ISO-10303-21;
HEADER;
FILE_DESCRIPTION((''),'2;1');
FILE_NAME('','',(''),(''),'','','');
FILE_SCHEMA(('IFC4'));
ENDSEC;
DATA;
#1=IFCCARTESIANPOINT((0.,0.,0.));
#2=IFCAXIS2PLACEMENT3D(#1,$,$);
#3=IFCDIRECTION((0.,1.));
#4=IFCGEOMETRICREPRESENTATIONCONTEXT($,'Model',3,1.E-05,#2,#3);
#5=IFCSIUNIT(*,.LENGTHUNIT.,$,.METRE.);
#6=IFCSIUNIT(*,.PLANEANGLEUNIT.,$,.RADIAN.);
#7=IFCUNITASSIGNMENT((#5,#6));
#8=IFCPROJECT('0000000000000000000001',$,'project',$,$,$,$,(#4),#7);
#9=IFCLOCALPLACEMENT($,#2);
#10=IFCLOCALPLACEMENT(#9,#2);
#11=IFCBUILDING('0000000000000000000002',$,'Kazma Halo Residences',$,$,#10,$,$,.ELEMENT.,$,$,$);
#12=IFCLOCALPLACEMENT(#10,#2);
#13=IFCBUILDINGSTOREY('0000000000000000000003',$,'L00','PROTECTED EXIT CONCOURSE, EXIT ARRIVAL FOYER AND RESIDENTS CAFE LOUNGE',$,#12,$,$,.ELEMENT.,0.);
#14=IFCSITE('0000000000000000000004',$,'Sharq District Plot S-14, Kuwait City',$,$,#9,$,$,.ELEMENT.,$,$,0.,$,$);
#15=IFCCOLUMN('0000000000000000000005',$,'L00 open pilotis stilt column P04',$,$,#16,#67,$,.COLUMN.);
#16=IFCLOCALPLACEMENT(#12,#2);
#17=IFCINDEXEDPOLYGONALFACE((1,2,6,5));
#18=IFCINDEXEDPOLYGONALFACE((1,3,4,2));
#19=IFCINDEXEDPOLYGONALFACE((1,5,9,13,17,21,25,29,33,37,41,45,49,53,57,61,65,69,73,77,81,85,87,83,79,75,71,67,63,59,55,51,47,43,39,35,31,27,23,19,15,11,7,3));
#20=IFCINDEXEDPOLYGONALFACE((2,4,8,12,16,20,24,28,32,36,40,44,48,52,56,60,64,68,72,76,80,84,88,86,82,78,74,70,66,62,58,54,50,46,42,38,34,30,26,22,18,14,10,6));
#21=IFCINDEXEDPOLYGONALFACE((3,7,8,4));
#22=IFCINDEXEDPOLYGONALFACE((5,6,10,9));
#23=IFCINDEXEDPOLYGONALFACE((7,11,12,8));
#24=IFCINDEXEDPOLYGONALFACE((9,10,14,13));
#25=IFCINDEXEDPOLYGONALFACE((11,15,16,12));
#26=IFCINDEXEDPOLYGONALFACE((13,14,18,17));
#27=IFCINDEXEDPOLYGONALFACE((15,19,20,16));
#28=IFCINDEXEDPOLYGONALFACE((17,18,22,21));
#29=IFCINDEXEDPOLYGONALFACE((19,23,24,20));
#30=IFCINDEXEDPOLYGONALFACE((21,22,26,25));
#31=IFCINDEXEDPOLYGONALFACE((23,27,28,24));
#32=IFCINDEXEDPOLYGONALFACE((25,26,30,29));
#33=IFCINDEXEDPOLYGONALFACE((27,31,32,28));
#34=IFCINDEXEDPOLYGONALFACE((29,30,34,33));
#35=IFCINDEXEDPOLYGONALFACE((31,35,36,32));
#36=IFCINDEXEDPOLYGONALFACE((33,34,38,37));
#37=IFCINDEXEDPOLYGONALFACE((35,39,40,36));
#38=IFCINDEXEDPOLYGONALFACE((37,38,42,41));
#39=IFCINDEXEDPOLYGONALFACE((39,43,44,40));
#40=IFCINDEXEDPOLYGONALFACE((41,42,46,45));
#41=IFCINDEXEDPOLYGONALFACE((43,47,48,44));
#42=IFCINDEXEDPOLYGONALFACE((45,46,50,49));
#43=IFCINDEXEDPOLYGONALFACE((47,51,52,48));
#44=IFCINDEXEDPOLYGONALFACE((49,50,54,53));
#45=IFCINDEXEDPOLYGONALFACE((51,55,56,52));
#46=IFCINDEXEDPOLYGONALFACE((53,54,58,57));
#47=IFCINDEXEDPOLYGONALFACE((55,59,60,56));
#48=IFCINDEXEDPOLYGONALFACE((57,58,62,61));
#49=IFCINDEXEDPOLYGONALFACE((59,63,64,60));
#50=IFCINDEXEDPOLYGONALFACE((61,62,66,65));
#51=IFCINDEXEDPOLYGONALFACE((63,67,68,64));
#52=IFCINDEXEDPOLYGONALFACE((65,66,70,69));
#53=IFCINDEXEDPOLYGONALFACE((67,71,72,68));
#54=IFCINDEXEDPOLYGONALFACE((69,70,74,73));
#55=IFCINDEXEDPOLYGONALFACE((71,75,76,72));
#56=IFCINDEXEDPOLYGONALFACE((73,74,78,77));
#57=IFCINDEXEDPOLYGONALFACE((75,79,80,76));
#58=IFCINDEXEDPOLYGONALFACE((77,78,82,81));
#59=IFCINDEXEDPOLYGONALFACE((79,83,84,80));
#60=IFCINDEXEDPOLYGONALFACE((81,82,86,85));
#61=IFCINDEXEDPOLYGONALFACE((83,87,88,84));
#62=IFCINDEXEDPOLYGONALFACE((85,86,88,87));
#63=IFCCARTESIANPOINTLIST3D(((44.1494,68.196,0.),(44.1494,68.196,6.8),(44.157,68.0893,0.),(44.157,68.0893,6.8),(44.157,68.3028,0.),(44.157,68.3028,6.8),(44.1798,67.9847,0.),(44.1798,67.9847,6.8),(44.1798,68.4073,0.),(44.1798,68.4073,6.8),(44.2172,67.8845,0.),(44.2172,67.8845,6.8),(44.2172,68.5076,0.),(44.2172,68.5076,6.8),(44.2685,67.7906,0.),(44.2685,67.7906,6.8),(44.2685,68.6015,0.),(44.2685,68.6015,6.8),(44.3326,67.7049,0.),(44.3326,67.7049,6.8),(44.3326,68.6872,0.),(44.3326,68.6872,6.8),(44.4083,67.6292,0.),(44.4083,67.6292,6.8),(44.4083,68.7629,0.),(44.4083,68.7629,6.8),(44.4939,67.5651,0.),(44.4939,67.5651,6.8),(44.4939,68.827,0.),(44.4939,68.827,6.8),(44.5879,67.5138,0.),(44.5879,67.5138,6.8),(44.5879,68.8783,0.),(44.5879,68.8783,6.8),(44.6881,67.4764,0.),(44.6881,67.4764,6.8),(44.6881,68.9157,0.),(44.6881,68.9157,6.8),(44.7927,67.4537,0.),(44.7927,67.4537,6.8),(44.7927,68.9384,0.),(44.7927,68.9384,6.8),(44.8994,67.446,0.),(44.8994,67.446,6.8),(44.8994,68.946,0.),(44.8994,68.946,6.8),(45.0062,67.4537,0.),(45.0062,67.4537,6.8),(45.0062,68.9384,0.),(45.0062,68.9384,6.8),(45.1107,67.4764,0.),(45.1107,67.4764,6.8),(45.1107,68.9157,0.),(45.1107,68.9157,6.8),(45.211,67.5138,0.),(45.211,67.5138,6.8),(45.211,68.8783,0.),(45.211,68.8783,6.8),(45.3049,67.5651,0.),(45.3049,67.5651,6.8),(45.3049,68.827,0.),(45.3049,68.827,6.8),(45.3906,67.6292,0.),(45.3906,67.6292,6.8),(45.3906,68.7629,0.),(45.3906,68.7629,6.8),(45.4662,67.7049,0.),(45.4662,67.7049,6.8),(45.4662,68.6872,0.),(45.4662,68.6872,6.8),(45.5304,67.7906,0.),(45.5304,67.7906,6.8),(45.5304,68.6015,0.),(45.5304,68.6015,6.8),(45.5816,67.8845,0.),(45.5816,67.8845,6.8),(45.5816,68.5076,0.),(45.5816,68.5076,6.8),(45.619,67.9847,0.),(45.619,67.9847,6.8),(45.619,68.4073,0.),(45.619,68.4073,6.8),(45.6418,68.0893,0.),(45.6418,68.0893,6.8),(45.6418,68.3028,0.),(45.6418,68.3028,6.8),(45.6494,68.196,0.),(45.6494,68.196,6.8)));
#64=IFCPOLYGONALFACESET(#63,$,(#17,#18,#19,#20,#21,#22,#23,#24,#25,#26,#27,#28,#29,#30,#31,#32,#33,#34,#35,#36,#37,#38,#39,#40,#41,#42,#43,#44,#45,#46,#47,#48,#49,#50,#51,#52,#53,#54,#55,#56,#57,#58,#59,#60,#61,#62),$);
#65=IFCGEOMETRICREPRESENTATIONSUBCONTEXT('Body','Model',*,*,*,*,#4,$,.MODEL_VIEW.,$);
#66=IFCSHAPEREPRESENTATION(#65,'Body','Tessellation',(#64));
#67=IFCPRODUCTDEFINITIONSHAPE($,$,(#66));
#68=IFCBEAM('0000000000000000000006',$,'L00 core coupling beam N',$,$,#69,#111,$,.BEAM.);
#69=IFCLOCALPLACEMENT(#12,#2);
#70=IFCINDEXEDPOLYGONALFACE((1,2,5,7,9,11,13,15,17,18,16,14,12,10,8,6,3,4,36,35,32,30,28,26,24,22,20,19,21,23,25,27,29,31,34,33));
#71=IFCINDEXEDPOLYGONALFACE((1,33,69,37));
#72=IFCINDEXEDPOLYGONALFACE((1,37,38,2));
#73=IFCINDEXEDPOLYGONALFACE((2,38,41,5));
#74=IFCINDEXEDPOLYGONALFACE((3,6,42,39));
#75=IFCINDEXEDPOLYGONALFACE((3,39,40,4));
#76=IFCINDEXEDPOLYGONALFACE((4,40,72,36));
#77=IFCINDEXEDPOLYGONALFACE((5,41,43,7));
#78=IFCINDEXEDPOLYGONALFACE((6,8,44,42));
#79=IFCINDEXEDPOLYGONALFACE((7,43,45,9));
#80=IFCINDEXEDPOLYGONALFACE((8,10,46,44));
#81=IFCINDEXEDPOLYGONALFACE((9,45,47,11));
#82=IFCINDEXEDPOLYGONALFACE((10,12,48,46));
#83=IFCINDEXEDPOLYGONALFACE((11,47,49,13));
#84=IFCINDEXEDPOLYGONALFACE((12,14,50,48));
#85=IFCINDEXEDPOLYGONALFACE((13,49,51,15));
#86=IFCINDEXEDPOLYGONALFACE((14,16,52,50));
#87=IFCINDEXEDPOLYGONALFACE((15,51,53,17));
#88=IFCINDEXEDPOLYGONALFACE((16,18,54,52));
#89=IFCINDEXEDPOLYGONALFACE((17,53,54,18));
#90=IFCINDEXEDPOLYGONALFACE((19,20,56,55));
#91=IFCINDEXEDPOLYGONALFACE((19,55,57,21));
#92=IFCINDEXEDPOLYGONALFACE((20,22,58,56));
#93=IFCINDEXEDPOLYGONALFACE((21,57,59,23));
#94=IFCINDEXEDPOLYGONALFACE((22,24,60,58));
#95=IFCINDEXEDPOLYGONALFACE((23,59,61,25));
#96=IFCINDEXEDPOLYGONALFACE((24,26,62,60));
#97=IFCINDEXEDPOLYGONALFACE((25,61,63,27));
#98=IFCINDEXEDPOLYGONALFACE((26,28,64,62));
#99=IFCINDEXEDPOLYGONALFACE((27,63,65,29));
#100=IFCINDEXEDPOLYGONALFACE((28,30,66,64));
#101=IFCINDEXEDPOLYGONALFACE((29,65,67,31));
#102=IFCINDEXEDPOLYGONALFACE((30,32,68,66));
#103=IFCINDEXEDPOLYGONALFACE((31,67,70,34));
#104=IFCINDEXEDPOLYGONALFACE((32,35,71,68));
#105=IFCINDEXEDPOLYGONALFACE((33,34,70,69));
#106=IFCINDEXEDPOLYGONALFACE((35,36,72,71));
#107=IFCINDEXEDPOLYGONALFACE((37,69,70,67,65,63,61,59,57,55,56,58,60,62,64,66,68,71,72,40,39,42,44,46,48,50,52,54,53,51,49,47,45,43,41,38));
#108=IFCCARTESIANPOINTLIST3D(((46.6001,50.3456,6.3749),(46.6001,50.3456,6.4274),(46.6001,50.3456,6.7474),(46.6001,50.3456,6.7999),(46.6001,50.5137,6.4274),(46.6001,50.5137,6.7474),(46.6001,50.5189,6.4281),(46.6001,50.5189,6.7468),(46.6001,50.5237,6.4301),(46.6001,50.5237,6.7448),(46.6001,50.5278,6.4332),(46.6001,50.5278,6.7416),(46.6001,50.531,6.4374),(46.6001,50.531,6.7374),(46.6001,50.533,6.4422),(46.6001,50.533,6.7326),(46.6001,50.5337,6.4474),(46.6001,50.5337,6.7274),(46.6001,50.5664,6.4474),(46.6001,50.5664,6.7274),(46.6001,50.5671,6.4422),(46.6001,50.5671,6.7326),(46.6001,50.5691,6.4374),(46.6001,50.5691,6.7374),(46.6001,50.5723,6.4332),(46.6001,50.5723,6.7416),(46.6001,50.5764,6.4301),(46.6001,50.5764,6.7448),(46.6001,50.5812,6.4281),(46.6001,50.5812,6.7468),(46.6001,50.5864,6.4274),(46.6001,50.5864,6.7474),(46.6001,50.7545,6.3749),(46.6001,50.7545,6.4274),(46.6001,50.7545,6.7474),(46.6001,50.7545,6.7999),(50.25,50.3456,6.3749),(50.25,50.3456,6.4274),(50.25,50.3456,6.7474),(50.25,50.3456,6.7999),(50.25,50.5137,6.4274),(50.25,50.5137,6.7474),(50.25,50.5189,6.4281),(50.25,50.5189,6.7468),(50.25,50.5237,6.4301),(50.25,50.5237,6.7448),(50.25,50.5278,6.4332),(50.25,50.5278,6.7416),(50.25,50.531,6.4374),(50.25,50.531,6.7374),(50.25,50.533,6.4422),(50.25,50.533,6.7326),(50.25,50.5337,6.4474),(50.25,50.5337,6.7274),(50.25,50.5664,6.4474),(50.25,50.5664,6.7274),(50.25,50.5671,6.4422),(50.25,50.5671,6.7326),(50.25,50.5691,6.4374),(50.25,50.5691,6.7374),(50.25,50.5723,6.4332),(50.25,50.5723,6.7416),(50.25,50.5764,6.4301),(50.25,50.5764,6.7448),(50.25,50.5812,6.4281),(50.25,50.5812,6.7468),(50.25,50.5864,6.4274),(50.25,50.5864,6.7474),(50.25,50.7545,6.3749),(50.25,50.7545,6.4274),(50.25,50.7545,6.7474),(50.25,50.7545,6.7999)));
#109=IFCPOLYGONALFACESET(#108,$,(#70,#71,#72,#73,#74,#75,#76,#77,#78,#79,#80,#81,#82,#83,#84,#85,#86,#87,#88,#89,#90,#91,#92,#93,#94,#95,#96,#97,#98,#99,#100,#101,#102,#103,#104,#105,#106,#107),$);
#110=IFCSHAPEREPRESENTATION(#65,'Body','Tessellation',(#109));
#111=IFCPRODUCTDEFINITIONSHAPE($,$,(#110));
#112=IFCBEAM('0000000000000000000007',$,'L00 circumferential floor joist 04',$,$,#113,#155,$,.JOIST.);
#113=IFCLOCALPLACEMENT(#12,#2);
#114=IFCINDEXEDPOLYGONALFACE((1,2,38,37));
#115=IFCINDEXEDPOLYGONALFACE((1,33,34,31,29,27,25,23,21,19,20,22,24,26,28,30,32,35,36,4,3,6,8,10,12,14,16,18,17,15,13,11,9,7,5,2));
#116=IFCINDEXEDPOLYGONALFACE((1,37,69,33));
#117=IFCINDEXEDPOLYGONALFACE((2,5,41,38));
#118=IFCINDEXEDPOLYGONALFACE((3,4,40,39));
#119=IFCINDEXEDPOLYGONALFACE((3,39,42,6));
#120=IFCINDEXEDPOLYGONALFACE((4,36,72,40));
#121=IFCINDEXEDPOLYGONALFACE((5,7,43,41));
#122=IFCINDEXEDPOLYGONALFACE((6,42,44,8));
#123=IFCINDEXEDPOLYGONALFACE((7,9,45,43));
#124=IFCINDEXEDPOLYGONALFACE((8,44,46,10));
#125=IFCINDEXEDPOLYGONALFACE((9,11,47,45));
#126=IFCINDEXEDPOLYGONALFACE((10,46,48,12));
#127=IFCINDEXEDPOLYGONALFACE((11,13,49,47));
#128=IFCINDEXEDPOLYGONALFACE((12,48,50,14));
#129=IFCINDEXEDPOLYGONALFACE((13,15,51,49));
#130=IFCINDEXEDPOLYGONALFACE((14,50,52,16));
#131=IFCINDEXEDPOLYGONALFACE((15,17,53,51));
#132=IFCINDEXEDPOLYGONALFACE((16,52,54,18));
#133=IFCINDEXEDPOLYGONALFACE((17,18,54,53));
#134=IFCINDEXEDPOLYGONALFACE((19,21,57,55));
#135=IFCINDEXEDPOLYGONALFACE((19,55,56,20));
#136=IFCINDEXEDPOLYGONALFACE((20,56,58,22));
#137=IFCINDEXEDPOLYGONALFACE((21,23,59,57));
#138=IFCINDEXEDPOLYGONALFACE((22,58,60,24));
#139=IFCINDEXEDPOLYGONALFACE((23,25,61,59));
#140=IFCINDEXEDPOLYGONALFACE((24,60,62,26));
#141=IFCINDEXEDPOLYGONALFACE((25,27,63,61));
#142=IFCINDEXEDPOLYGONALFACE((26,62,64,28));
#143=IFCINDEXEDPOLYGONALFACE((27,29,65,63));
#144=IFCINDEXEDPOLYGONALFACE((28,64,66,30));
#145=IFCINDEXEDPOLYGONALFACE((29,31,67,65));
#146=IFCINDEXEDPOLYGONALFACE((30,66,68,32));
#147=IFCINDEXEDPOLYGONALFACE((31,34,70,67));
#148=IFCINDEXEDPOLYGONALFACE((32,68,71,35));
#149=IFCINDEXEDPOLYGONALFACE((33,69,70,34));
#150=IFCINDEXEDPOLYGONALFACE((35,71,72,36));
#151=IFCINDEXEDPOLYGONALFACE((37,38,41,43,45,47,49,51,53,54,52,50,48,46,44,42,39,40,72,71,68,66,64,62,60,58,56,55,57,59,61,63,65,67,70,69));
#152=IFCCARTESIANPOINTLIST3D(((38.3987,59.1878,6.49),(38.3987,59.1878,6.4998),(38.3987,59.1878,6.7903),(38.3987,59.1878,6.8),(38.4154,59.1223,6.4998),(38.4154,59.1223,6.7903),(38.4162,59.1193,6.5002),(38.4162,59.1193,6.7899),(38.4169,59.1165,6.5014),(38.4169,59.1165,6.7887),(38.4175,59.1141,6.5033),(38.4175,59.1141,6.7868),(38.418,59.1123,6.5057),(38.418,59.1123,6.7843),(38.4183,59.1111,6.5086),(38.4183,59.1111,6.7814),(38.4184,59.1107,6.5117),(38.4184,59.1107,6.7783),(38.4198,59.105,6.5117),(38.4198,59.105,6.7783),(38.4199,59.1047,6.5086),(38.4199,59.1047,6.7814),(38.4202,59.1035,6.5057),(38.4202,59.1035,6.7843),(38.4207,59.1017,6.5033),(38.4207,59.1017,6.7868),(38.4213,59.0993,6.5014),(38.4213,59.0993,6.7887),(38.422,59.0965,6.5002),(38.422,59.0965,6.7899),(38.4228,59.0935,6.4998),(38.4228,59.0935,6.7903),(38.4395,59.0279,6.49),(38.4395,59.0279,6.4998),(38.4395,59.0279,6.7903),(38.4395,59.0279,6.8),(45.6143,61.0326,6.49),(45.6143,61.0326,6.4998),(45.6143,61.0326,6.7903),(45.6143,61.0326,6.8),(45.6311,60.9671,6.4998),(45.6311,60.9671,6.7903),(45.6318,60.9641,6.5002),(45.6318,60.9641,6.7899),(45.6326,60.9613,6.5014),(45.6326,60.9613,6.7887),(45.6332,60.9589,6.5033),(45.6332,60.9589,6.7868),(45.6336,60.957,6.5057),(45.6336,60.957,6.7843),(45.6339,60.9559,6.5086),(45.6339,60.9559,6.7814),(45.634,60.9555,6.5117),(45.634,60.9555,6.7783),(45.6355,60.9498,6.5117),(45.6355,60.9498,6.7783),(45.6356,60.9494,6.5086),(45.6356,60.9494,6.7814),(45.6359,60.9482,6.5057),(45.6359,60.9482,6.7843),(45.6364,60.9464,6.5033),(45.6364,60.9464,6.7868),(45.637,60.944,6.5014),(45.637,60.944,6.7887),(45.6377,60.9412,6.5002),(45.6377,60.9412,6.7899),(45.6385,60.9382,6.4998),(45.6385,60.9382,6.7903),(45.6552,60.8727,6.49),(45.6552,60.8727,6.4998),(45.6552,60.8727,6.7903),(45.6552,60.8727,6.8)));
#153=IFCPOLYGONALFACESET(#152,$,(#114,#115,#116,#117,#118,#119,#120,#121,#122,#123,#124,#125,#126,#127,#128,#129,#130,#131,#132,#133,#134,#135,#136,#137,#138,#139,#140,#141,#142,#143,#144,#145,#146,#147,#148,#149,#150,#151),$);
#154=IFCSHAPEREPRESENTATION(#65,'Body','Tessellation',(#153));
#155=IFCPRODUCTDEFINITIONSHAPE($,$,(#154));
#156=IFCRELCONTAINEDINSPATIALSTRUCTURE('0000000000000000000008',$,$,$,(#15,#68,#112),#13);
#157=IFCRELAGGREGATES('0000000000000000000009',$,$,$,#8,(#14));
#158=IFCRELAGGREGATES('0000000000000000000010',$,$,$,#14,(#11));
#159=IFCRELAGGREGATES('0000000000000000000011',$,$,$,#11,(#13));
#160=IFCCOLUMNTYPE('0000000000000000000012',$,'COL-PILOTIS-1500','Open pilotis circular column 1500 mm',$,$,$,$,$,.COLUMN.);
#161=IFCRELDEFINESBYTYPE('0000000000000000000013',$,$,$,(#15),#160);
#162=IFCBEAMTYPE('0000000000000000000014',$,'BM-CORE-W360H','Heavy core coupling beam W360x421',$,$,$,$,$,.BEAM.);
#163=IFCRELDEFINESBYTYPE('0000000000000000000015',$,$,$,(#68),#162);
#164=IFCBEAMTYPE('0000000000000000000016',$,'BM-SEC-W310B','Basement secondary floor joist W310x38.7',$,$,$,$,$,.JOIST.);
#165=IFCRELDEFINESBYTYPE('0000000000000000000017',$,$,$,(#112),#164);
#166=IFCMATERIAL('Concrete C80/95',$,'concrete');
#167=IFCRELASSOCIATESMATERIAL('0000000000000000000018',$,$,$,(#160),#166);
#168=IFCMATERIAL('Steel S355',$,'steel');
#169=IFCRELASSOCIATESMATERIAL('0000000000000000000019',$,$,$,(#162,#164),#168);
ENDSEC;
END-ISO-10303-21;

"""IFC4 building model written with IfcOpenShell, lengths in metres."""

from ifc_helpers import new_model, si_unit, direction, frame, origin, origin_2d, place, context, subcontext, project, spatial, circle, i_section, extrude, material, material_profile, profile_set, type_object, element, save


model = new_model("IFC4")

# Units and contexts
model_context = context("Model", 3, precision=1e-05, world=origin(), true_north=direction((0.0, 1.0)))
body_context = subcontext(model_context, "Body", "Model", "MODEL_VIEW")
ifc_project = project(units=[si_unit("LENGTHUNIT", "METRE"), si_unit("PLANEANGLEUNIT", "RADIAN")], contexts=[model_context])

# Site, building, storey
site_placement = place(None, origin())
site = spatial("IfcSite", under=ifc_project, at=site_placement, Name="Sharq District Plot S-14, Kuwait City", CompositionType="ELEMENT", RefElevation=0.0)
building_placement = place(site_placement, origin())
building = spatial("IfcBuilding", under=site, at=building_placement, Name="Kazma Halo Residences", CompositionType="ELEMENT")
storey_placement = place(building_placement, origin())
storey = spatial("IfcBuildingStorey", under=building, at=storey_placement, Name="L00", Description="PROTECTED EXIT CONCOURSE, EXIT ARRIVAL FOYER AND RESIDENTS CAFE LOUNGE", CompositionType="ELEMENT", Elevation=0.0)

# Column
ifc_material_1 = material(Name="Concrete C80/95", Category="concrete")
ifc_material_profile_1 = material_profile(ifc_material_1, circle(Radius=0.75, at=origin_2d()), Name="CIRC1500")
ifc_profile_set_1 = profile_set([ifc_material_profile_1], Name="Concrete C80/95")
column_type = type_object("IfcColumnType", Name="COL-PILOTIS-1500", Description="Open pilotis circular column 1500 mm", PredefinedType="COLUMN", material=ifc_profile_set_1)
column_placement = place(storey_placement, frame((44.8994, 68.196, 0.0), z_axis=(0.0, 0.0, 1.0), x_axis=(1.0, 0.0, 0.0)))
element("IfcColumn", 1, at=column_placement, inside=storey, type_object=column_type, Name="L00 open pilotis stilt column P04", PredefinedType="COLUMN", context=body_context, shape_type="SweptSolid", body=[
    extrude(circle(Radius=0.75, at=origin_2d()), origin(), (0.0, 0.0, 1.0), 6.8),
])

# Beams
ifc_material_2 = material(Name="Steel S355", Category="steel")
ifc_material_profile_2 = material_profile(ifc_material_2, i_section(OverallWidth=0.4089, OverallDepth=0.425, WebThickness=0.0327, FlangeThickness=0.0525, FilletRadius=0.02, at=origin_2d()), Name="W360x421")
ifc_profile_set_2 = profile_set([ifc_material_profile_2], Name="Steel S355")
beam_type_1 = type_object("IfcBeamType", Name="BM-CORE-W360H", Description="Heavy core coupling beam W360x421", PredefinedType="BEAM", material=ifc_profile_set_2)
beam_1_placement = place(storey_placement, frame((46.6001, 50.55, 6.5874), z_axis=(1.0, 0.0, 0.0), x_axis=(0.0, 1.0, 0.0)))
element("IfcBeam", 2, at=beam_1_placement, inside=storey, type_object=beam_type_1, Name="L00 core coupling beam N", PredefinedType="BEAM", context=body_context, shape_type="SweptSolid", body=[
    extrude(i_section(OverallWidth=0.4089, OverallDepth=0.425, WebThickness=0.0327, FlangeThickness=0.0525, FilletRadius=0.02, at=origin_2d()), origin(), (0.0, 0.0, 1.0), 3.6499),
])
ifc_material_profile_3 = material_profile(ifc_material_2, i_section(OverallWidth=0.165, OverallDepth=0.3101, WebThickness=0.0059, FlangeThickness=0.0098, FilletRadius=0.012, at=origin_2d()), Name="W310x38.7")
ifc_profile_set_3 = profile_set([ifc_material_profile_3], Name="Steel S355")
beam_type_2 = type_object("IfcBeamType", Name="BM-SEC-W310B", Description="Basement secondary floor joist W310x38.7", PredefinedType="JOIST", material=ifc_profile_set_3)
beam_2_placement = place(storey_placement, frame((45.6348, 60.9526, 6.645), z_axis=(-0.968839, -0.247692, 0.0), x_axis=(0.247692, -0.968839, 0.0)))
element("IfcBeam", 3, at=beam_2_placement, inside=storey, type_object=beam_type_2, Name="L00 circumferential floor joist 04", PredefinedType="JOIST", context=body_context, shape_type="SweptSolid", body=[
    extrude(i_section(OverallWidth=0.165, OverallDepth=0.3101, WebThickness=0.0059, FlangeThickness=0.0098, FilletRadius=0.012, at=origin_2d()), origin(), (0.0, 0.0, 1.0), 7.4478),
])

save(model, "model.ifc")
